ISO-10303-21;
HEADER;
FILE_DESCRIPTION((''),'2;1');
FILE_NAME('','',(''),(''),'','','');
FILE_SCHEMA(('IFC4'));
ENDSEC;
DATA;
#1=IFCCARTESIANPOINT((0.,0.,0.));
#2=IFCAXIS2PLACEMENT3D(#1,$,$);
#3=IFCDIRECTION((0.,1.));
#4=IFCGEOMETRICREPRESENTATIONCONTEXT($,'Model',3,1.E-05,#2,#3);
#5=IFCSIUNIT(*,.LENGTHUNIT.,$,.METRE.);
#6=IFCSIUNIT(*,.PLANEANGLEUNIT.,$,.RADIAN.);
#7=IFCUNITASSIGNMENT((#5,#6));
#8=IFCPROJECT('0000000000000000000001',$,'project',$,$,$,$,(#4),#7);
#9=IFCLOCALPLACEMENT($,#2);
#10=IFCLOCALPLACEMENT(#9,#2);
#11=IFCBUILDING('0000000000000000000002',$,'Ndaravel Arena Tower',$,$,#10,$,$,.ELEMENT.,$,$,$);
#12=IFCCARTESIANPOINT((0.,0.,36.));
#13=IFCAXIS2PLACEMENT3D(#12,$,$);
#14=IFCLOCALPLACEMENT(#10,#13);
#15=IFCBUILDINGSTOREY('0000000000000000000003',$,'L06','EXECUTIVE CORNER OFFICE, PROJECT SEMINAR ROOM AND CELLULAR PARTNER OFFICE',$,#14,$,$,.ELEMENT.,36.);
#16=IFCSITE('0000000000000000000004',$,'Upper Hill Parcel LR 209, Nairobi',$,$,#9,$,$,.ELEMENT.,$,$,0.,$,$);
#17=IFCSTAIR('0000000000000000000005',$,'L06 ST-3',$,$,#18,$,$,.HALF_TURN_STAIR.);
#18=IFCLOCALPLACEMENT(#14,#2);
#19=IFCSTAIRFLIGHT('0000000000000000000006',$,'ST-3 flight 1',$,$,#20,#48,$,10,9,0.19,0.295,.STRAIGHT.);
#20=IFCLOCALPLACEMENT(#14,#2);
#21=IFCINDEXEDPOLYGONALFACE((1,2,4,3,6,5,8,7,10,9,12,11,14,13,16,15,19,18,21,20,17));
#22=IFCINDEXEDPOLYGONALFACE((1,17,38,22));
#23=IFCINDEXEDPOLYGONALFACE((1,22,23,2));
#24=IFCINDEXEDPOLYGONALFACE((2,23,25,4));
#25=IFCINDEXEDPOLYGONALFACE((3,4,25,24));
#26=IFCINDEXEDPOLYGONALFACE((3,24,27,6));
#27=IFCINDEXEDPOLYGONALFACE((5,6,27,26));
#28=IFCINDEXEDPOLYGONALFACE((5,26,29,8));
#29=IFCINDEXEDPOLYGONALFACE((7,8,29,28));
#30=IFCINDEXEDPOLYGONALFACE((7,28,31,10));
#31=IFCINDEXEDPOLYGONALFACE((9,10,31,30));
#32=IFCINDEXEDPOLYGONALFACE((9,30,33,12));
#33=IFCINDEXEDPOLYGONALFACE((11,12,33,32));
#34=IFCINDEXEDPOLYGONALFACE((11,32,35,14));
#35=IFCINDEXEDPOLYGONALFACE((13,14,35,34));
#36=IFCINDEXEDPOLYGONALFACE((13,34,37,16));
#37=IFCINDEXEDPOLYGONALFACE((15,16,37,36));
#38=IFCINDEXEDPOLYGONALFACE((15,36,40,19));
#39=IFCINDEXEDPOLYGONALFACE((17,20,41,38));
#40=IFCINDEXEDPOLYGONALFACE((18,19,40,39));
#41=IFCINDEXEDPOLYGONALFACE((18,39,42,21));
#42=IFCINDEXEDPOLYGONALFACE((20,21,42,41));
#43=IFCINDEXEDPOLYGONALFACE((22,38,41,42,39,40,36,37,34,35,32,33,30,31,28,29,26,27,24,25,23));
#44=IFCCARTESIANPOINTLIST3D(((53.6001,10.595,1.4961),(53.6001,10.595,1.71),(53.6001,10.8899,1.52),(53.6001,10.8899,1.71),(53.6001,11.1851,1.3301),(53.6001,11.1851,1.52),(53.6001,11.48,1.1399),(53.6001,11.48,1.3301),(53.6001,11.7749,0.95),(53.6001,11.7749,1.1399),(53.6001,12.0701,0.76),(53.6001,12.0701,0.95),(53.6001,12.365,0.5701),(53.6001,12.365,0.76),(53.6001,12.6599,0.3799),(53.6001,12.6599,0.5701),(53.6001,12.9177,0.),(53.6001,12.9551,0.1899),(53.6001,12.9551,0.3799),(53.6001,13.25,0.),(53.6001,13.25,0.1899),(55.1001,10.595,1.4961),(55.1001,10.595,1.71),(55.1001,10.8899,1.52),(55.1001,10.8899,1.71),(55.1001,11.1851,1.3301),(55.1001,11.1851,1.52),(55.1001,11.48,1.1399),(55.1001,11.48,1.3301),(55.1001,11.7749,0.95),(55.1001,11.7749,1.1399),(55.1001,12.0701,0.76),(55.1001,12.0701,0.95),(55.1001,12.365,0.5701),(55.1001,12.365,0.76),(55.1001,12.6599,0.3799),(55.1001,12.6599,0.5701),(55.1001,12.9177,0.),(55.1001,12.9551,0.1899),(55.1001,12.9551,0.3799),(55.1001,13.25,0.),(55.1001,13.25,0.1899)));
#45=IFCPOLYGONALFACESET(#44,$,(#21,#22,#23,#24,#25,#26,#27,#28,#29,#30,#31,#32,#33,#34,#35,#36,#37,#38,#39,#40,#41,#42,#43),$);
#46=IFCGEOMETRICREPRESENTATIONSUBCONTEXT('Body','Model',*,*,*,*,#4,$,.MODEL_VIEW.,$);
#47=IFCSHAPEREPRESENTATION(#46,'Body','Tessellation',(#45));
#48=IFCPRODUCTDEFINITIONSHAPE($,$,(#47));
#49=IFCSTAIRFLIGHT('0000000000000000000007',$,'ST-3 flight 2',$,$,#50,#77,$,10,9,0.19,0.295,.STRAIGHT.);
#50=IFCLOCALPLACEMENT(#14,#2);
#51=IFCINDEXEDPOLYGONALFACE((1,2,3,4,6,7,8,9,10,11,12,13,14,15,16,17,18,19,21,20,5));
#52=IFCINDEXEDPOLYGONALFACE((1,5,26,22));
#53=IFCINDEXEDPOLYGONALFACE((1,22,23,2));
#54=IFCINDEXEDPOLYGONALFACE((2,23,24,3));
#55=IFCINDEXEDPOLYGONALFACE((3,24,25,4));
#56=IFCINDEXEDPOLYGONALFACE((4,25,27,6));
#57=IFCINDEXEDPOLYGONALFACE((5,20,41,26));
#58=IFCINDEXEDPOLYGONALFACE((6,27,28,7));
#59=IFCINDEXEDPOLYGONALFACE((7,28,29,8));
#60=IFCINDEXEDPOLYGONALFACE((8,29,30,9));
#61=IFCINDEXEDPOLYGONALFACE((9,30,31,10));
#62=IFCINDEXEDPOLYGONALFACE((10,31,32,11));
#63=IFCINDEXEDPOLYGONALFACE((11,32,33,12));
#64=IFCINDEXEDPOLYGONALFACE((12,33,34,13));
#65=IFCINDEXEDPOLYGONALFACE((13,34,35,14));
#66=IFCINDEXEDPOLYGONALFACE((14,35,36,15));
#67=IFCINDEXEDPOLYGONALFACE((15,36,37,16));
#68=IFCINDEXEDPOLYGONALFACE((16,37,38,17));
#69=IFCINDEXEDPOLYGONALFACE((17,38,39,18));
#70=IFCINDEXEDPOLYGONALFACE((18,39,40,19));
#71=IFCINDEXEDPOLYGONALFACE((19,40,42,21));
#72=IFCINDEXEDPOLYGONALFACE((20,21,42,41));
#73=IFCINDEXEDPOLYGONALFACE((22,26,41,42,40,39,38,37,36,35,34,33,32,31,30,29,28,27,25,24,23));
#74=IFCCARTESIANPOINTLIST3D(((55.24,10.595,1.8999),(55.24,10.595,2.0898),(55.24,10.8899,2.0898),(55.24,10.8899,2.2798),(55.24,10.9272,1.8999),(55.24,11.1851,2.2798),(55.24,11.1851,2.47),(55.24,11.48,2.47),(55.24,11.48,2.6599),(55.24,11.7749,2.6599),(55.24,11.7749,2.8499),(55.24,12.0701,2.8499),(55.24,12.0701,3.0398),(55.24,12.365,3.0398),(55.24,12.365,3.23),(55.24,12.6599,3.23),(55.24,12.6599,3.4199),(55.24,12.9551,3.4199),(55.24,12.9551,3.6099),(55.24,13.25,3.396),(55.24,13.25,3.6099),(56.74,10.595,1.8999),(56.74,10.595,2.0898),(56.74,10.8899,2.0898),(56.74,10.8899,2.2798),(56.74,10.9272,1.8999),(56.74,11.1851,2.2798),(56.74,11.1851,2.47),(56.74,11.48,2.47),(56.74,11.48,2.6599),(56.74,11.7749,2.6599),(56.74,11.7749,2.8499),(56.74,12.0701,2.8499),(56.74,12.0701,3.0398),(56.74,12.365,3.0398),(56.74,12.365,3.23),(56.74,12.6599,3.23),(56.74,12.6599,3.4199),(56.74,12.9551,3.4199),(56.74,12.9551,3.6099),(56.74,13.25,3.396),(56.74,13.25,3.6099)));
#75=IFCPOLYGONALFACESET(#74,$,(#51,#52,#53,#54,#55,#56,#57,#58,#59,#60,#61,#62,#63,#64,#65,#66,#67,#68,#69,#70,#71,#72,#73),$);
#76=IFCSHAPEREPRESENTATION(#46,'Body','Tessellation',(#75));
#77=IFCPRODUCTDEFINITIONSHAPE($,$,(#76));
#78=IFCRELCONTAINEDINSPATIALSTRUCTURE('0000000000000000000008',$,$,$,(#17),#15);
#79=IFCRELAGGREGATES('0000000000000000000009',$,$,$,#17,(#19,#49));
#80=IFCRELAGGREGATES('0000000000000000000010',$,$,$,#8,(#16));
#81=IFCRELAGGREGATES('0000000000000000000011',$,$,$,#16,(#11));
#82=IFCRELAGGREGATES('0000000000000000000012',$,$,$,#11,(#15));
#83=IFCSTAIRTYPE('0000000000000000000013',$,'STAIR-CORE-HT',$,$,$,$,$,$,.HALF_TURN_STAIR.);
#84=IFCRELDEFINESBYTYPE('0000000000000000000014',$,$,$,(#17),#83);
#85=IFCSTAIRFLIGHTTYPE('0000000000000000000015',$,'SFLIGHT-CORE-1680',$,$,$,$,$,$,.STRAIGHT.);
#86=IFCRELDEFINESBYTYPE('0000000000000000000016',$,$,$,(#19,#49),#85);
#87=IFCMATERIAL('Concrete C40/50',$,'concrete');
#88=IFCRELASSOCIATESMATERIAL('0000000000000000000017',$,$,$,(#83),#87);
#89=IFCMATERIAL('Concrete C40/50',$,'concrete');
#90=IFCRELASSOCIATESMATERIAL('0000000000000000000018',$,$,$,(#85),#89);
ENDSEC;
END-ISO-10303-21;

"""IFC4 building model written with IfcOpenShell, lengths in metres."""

from ifc_helpers import new_model, si_unit, direction, frame, origin, place, context, subcontext, project, spatial, polyline, outline, extrude, material, type_object, element, aggregate, save


model = new_model("IFC4")

# Units and contexts
model_context = context("Model", 3, precision=1e-05, world=origin(), true_north=direction((0.0, 1.0)))
body_context = subcontext(model_context, "Body", "Model", "MODEL_VIEW")
ifc_project = project(units=[si_unit("LENGTHUNIT", "METRE"), si_unit("PLANEANGLEUNIT", "RADIAN")], contexts=[model_context])

# Site, building, storey
site_placement = place(None, origin())
site = spatial("IfcSite", under=ifc_project, at=site_placement, Name="Upper Hill Parcel LR 209, Nairobi", CompositionType="ELEMENT", RefElevation=0.0)
building_placement = place(site_placement, origin())
building = spatial("IfcBuilding", under=site, at=building_placement, Name="Ndaravel Arena Tower", CompositionType="ELEMENT")
storey_placement = place(building_placement, frame((0.0, 0.0, 36.0)))
storey = spatial("IfcBuildingStorey", under=building, at=storey_placement, Name="L06", Description="EXECUTIVE CORNER OFFICE, PROJECT SEMINAR ROOM AND CELLULAR PARTNER OFFICE", CompositionType="ELEMENT", Elevation=36.0)

# Stair, stair flights
ifc_material_1 = material(Name="Concrete C40/50", Category="concrete")
stair_type = type_object("IfcStairType", Name="STAIR-CORE-HT", PredefinedType="HALF_TURN_STAIR", material=ifc_material_1)
stair_placement = place(storey_placement, origin())
stair = element("IfcStair", 1, at=stair_placement, inside=storey, type_object=stair_type, Name="L06 ST-3", PredefinedType="HALF_TURN_STAIR")
ifc_material_2 = material(Name="Concrete C40/50", Category="concrete")
stair_flight_type = type_object("IfcStairFlightType", Name="SFLIGHT-CORE-1680", PredefinedType="STRAIGHT", material=ifc_material_2)
stair_flight_1_placement = place(storey_placement, frame((54.3501, 13.25, 0.0), z_axis=(0.0, 0.0, 1.0), x_axis=(0.0, -1.0, 0.0)))
stair_flight_1 = element("IfcStairFlight", 2, at=stair_flight_1_placement, type_object=stair_flight_type, Name="ST-3 flight 1", NumberOfRisers=10, NumberOfTreads=9, PredefinedType="STRAIGHT", RiserHeight=0.19, TreadLength=0.295, context=body_context, shape_type="SweptSolid", body=[
    extrude(outline(polyline([(0.0, 0.0), (0.0, 0.1899), (0.2949, 0.1899), (0.2949, 0.3799), (0.5901, 0.3799), (0.5901, 0.5701), (0.885, 0.5701), (0.885, 0.76), (1.1799, 0.76), (1.1799, 0.95), (1.4751, 0.95), (1.4751, 1.1399), (1.77, 1.1399), (1.77, 1.3301), (2.0649, 1.3301), (2.0649, 1.52), (2.3601, 1.52), (2.3601, 1.71), (2.655, 1.71), (2.655, 1.8999), (2.655, 1.4961), (0.3323, 0.0), (0.0, 0.0)])), frame((0.0, 0.75, 0.0), z_axis=(0.0, -1.0, 0.0), x_axis=(1.0, 0.0, 0.0)), (0.0, 0.0, 1.0), 1.5),
])
stair_flight_2_placement = place(storey_placement, frame((55.99, 10.595, 1.8999), z_axis=(0.0, 0.0, 1.0), x_axis=(0.0, 1.0, 0.0)))
stair_flight_2 = element("IfcStairFlight", 3, at=stair_flight_2_placement, type_object=stair_flight_type, Name="ST-3 flight 2", NumberOfRisers=10, NumberOfTreads=9, PredefinedType="STRAIGHT", RiserHeight=0.19, TreadLength=0.295, context=body_context, shape_type="SweptSolid", body=[
    extrude(outline(polyline([(0.0, 0.0), (0.0, 0.1899), (0.2949, 0.1899), (0.2949, 0.3799), (0.5901, 0.3799), (0.5901, 0.5701), (0.885, 0.5701), (0.885, 0.76), (1.1799, 0.76), (1.1799, 0.95), (1.4751, 0.95), (1.4751, 1.1399), (1.77, 1.1399), (1.77, 1.3301), (2.0649, 1.3301), (2.0649, 1.52), (2.3601, 1.52), (2.3601, 1.71), (2.655, 1.71), (2.655, 1.8999), (2.655, 1.4961), (0.3323, 0.0), (0.0, 0.0)])), frame((0.0, 0.75, 0.0), z_axis=(0.0, -1.0, 0.0), x_axis=(1.0, 0.0, 0.0)), (0.0, 0.0, 1.0), 1.5),
])
aggregate(stair, [stair_flight_1, stair_flight_2])

save(model, "model.ifc")
